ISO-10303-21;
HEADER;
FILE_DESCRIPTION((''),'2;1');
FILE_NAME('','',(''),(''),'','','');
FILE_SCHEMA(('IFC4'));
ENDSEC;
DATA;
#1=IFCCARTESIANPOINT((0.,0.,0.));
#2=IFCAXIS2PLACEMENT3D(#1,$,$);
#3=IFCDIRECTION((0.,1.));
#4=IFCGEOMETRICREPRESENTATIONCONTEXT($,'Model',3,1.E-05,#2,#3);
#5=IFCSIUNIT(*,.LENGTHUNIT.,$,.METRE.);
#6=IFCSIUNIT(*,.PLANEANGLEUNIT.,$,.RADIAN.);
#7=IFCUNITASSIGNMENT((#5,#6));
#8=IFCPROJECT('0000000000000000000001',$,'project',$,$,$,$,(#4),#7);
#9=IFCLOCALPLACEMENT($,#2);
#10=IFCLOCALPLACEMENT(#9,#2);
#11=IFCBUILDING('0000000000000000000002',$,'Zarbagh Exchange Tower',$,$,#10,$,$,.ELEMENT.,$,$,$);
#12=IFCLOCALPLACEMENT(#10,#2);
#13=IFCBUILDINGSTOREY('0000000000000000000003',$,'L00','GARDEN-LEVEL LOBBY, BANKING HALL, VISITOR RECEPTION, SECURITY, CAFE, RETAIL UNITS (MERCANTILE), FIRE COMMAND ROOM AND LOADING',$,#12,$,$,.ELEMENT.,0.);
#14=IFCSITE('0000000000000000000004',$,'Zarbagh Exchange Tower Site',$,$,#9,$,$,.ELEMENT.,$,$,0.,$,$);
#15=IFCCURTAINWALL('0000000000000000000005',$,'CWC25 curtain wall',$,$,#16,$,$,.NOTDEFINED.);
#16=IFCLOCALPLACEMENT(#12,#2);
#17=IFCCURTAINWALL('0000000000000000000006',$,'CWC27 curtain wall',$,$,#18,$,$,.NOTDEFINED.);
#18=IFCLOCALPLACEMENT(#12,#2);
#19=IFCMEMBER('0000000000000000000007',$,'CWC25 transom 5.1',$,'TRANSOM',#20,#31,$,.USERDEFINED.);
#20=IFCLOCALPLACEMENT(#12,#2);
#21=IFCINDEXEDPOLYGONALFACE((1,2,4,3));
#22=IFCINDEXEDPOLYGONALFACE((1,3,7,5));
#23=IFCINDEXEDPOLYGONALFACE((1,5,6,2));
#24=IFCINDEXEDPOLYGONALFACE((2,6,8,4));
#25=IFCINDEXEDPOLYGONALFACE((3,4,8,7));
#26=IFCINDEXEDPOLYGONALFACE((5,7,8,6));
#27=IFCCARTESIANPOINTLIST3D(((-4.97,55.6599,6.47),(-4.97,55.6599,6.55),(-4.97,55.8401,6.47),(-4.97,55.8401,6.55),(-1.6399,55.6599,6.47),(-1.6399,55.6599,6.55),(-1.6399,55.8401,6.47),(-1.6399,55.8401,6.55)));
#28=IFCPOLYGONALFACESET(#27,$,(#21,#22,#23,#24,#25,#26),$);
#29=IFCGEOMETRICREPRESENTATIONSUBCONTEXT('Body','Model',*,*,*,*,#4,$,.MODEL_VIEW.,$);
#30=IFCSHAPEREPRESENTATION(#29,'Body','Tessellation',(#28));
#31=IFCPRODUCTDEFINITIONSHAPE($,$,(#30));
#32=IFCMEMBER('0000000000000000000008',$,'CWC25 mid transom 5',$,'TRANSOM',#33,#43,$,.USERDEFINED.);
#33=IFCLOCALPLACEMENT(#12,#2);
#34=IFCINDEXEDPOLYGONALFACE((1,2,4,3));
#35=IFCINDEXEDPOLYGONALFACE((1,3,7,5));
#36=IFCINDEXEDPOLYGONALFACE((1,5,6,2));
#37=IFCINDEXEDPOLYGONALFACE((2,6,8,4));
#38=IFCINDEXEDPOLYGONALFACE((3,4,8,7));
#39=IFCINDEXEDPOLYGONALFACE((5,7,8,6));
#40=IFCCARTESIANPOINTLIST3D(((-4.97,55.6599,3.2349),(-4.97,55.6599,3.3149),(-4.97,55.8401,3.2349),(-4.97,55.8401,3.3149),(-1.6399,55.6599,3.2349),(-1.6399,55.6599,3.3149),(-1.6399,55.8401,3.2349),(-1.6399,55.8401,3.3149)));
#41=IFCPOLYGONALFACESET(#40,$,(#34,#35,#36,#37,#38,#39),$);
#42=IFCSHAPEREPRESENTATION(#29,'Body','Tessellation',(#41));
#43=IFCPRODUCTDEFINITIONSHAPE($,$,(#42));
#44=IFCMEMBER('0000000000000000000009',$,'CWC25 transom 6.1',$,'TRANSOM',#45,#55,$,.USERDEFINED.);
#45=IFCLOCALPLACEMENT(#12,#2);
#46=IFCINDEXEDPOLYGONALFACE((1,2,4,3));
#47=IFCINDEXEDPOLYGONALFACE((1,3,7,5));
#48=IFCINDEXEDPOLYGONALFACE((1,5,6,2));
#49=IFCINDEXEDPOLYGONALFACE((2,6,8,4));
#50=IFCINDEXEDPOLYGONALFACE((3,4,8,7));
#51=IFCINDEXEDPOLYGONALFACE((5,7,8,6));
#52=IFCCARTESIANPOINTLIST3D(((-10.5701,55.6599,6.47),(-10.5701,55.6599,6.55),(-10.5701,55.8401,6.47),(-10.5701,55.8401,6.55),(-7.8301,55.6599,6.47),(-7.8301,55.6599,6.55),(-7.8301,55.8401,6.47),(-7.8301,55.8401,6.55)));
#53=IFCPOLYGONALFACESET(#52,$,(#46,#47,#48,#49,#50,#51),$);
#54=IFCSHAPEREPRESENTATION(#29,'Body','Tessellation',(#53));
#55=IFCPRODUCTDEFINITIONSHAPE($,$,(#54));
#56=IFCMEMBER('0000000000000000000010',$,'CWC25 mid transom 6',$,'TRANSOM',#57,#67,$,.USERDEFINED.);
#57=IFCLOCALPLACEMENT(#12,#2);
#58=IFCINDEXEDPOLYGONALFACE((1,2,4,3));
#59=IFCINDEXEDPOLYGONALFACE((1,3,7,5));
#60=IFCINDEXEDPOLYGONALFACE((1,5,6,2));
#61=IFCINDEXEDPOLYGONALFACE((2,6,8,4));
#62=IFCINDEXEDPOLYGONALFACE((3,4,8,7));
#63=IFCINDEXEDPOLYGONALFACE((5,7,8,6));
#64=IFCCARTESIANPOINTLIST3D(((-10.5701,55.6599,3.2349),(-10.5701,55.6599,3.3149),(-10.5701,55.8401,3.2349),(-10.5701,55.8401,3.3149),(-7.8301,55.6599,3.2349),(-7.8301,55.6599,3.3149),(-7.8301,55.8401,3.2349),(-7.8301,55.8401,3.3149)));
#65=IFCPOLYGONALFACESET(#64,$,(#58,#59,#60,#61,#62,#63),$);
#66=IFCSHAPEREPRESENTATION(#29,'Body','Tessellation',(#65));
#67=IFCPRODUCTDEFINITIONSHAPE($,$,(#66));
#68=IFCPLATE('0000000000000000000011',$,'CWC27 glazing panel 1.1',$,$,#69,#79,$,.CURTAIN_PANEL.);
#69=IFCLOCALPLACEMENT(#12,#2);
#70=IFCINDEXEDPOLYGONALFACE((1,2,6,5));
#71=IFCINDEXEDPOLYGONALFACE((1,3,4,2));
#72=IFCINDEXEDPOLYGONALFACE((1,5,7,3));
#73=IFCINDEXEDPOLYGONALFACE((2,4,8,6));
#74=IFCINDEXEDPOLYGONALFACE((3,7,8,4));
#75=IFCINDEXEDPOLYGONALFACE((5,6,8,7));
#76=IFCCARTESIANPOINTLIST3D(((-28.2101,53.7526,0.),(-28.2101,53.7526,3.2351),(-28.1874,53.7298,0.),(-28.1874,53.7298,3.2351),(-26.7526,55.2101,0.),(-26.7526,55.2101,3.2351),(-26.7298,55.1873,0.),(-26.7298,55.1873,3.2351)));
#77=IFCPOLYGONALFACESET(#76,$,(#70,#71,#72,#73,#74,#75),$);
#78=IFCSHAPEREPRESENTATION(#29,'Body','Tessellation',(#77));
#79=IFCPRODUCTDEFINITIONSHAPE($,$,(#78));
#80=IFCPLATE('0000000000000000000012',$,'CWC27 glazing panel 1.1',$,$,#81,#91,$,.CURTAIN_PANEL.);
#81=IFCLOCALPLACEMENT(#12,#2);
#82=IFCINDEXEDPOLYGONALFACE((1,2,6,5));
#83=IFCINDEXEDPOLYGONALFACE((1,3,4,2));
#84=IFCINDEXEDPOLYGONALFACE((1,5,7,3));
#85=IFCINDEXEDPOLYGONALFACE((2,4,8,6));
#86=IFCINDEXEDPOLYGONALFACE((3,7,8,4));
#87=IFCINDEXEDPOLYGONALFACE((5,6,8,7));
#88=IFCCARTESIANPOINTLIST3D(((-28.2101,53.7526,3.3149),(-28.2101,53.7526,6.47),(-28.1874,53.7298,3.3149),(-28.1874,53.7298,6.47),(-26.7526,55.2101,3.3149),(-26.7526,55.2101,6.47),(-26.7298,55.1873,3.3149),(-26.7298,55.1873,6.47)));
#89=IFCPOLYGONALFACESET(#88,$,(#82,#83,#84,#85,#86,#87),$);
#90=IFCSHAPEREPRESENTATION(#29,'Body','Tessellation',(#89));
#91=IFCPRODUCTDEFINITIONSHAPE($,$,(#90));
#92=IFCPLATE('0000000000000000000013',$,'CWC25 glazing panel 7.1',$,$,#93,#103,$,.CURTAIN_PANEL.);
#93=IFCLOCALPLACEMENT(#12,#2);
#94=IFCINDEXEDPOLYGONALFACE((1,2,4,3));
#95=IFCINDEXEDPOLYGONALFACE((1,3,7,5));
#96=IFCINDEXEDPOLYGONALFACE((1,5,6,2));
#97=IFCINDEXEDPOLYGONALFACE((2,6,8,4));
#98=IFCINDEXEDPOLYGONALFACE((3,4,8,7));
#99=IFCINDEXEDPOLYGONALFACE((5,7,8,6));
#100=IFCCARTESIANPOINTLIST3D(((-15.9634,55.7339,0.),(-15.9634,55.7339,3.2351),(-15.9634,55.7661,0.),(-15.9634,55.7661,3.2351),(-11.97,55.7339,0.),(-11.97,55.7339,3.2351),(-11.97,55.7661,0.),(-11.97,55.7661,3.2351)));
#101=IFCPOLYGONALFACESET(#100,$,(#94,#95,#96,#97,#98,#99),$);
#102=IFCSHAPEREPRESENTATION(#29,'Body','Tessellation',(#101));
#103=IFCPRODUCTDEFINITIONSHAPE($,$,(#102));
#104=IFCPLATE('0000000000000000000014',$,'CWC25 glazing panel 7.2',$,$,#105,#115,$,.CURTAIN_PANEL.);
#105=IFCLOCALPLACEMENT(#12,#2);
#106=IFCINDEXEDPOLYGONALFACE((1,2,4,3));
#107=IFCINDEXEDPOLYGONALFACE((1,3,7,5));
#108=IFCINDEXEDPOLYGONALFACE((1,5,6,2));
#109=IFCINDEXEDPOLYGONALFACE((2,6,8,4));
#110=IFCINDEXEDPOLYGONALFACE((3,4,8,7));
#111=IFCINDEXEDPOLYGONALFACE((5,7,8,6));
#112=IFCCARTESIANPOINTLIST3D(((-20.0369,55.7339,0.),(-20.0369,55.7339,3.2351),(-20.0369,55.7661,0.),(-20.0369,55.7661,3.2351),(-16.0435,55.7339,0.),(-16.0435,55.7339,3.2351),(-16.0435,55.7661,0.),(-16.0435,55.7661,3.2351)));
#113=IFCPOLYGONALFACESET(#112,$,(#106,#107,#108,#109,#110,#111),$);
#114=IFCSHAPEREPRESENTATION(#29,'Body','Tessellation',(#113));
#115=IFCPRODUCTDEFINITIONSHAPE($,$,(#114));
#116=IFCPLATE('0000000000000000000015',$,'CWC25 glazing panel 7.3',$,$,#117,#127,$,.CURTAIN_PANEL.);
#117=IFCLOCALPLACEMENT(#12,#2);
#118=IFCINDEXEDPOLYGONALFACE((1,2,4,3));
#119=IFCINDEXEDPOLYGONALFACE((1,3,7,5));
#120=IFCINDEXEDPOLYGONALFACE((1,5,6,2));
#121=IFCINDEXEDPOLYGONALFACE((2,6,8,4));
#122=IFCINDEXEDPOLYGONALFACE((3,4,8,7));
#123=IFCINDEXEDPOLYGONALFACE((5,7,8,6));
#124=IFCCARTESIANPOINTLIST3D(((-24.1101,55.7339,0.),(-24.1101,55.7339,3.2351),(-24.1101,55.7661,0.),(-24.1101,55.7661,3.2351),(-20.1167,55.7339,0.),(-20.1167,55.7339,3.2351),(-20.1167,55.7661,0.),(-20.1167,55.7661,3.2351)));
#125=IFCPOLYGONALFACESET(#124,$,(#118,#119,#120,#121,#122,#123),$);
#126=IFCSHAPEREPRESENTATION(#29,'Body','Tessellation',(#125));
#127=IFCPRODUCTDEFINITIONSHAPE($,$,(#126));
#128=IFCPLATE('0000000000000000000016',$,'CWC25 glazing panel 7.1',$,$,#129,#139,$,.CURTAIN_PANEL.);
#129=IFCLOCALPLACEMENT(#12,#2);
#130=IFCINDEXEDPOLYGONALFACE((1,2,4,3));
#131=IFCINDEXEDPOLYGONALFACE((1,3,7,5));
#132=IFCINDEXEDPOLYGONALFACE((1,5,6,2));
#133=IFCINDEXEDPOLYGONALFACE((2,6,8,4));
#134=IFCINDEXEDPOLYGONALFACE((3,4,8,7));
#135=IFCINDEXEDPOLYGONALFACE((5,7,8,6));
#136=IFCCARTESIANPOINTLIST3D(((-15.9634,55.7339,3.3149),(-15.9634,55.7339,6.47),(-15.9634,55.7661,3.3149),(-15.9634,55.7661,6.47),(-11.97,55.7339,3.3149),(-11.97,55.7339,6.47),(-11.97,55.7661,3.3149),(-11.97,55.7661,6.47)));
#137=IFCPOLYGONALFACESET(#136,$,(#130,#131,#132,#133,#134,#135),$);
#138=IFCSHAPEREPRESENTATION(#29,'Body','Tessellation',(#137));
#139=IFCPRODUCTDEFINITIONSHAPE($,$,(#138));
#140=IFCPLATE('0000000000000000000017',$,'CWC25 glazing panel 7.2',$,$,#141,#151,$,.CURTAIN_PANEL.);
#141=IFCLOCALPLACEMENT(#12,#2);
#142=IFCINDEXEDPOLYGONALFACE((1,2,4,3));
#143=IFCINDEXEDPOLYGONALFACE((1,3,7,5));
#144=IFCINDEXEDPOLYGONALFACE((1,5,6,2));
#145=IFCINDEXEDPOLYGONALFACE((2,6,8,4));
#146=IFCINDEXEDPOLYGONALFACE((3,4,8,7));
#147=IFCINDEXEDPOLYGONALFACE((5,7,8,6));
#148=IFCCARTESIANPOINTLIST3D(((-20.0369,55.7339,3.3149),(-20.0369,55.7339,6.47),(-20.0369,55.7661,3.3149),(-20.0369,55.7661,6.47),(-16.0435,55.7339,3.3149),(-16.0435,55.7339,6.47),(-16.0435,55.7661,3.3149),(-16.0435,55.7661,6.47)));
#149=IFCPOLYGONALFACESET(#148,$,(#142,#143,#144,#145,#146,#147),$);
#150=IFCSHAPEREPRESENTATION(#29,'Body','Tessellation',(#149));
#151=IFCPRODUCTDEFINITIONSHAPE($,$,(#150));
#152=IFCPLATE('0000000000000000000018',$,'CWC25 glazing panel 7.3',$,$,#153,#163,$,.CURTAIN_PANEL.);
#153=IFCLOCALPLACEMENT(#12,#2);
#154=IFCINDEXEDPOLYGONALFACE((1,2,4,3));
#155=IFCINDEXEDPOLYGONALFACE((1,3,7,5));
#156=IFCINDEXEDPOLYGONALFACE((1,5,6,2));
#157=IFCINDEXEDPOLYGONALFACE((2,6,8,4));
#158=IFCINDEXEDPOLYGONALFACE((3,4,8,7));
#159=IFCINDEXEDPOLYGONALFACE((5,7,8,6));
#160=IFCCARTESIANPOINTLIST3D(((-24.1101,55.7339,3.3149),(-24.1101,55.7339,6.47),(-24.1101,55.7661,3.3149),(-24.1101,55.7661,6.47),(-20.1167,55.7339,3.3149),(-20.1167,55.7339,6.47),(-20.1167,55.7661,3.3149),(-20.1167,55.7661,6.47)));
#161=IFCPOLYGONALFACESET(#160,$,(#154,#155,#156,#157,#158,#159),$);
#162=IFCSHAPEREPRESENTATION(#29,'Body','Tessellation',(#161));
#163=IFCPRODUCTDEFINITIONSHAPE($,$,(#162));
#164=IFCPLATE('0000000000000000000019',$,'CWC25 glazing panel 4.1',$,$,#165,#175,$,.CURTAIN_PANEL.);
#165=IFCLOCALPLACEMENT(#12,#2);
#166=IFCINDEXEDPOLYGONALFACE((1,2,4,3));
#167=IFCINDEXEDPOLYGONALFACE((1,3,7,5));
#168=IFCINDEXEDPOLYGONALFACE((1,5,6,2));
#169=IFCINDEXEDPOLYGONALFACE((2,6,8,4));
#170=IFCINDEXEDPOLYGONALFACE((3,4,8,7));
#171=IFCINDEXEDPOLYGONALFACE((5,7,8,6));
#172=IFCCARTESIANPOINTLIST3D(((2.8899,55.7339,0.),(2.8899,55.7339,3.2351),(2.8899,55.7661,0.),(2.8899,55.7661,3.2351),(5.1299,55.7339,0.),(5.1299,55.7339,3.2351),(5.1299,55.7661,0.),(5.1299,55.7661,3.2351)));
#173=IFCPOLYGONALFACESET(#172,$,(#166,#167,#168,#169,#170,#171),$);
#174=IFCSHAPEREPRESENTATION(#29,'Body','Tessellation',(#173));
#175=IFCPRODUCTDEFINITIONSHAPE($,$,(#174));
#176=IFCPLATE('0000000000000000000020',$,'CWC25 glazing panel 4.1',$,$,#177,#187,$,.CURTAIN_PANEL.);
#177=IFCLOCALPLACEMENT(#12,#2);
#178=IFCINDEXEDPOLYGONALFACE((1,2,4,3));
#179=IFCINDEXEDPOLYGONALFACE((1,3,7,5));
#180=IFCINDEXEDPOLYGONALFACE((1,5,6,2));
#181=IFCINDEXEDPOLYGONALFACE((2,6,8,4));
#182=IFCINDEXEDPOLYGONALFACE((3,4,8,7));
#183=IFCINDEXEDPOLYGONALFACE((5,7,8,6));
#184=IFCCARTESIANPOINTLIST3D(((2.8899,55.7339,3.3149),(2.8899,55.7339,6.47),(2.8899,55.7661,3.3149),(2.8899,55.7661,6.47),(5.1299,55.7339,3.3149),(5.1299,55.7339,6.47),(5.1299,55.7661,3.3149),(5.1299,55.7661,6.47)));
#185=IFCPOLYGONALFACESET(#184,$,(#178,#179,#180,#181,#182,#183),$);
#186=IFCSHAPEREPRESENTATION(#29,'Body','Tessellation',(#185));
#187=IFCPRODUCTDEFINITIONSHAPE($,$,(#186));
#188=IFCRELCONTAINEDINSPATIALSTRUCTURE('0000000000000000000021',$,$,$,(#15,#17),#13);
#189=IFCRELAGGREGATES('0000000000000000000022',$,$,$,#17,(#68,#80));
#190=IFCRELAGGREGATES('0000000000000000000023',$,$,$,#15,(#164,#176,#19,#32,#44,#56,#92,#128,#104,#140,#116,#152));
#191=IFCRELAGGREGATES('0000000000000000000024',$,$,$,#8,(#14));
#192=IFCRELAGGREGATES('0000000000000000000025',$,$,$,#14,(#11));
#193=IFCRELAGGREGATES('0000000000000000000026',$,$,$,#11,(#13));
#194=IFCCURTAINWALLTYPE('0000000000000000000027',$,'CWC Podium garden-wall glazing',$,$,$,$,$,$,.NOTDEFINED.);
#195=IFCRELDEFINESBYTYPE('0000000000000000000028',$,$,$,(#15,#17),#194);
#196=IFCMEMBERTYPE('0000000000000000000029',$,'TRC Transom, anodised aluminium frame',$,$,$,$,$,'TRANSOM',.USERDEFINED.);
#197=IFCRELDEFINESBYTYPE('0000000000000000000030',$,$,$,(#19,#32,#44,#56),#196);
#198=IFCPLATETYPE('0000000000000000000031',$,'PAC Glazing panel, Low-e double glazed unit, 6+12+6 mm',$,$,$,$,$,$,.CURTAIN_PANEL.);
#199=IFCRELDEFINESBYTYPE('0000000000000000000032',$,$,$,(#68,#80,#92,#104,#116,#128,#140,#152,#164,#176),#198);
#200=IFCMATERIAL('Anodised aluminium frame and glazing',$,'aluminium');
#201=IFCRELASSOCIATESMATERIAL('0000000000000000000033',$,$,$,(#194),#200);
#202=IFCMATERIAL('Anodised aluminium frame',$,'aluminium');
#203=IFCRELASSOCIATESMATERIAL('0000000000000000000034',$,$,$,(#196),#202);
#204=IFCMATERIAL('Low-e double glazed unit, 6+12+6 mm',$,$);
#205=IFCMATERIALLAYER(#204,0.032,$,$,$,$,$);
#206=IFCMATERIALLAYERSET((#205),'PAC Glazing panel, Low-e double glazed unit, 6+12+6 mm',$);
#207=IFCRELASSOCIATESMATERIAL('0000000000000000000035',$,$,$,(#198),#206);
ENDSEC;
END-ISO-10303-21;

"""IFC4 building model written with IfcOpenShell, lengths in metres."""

from ifc_helpers import new_model, si_unit, direction, origin, place, context, subcontext, project, spatial, polyline, outline, extrude, source, transform, mapped, material, layer, layer_set, type_object, element, aggregate, save


model = new_model("IFC4")

# Units and contexts
model_context = context("Model", 3, precision=1e-05, world=origin(), true_north=direction((0.0, 1.0)))
body_context = subcontext(model_context, "Body", "Model", "MODEL_VIEW")
ifc_project = project(units=[si_unit("LENGTHUNIT", "METRE"), si_unit("PLANEANGLEUNIT", "RADIAN")], contexts=[model_context])

# Site, building, storey
site_placement = place(None, origin())
site = spatial("IfcSite", under=ifc_project, at=site_placement, Name="Zarbagh Exchange Tower Site", CompositionType="ELEMENT", RefElevation=0.0)
building_placement = place(site_placement, origin())
building = spatial("IfcBuilding", under=site, at=building_placement, Name="Zarbagh Exchange Tower", CompositionType="ELEMENT")
storey_placement = place(building_placement, origin())
storey = spatial("IfcBuildingStorey", under=building, at=storey_placement, Name="L00", Description="GARDEN-LEVEL LOBBY, BANKING HALL, VISITOR RECEPTION, SECURITY, CAFE, RETAIL UNITS (MERCANTILE), FIRE COMMAND ROOM AND LOADING", CompositionType="ELEMENT", Elevation=0.0)

# Curtain wall
ifc_material_1 = material(Name="Anodised aluminium frame and glazing", Category="aluminium")
curtain_wall_type = type_object("IfcCurtainWallType", Name="CWC Podium garden-wall glazing", PredefinedType="NOTDEFINED", material=ifc_material_1)
curtain_wall_1_placement = place(storey_placement, origin())
curtain_wall_1 = element("IfcCurtainWall", 1, at=curtain_wall_1_placement, inside=storey, type_object=curtain_wall_type, Name="CWC25 curtain wall", PredefinedType="NOTDEFINED")
ifc_material_2 = material(Name="Anodised aluminium frame", Category="aluminium")
placement = place(storey_placement, origin())

# Curtain wall
member_type_1 = type_object("IfcMemberType", Name="TRC Transom, anodised aluminium frame", ElementType="TRANSOM", PredefinedType="USERDEFINED", material=ifc_material_2)
curtain_wall_2_placement = place(storey_placement, origin())
curtain_wall_2 = element("IfcCurtainWall", 2, at=curtain_wall_2_placement, inside=storey, type_object=curtain_wall_type, Name="CWC27 curtain wall", PredefinedType="NOTDEFINED")

# Members
shared_shape_1 = source(origin(), body_context, "Body", "SweptSolid", [
    extrude(outline(polyline([(-0.0801, -0.0901), (0.0, -0.0901), (0.0, 0.0901), (-0.0801, 0.0901), (-0.0801, -0.0901)])), origin(), (0.0, 0.0, 1.0), 3.3301),
])
member_1 = element("IfcMember", 3, at=placement, type_object=member_type_1, Name="CWC25 transom 5.1", ObjectType="TRANSOM", PredefinedType="USERDEFINED", context=body_context, shape_type="MappedRepresentation", body=[
    mapped(shared_shape_1, transform((-1.6399, 55.75, 6.55), x_axis=(0.0, 0.0, 1.0), y_axis=(0.0, 1.0, 0.0), z_axis=(-1.0, 0.0, 0.0))),
])
shared_shape_2 = source(origin(), body_context, "Body", "SweptSolid", [
    extrude(outline(polyline([(-0.04, -0.0901), (0.04, -0.0901), (0.04, 0.0901), (-0.04, 0.0901), (-0.04, -0.0901)])), origin(), (0.0, 0.0, 1.0), 3.3301),
])
member_2 = element("IfcMember", 4, at=placement, type_object=member_type_1, Name="CWC25 mid transom 5", ObjectType="TRANSOM", PredefinedType="USERDEFINED", context=body_context, shape_type="MappedRepresentation", body=[
    mapped(shared_shape_2, transform((-1.6399, 55.75, 3.2749), x_axis=(0.0, 0.0, 1.0), y_axis=(0.0, 1.0, 0.0), z_axis=(-1.0, 0.0, 0.0))),
])
shared_shape_3 = source(origin(), body_context, "Body", "SweptSolid", [
    extrude(outline(polyline([(-0.0801, -0.0901), (0.0, -0.0901), (0.0, 0.0901), (-0.0801, 0.0901), (-0.0801, -0.0901)])), origin(), (0.0, 0.0, 1.0), 2.74),
])
member_3 = element("IfcMember", 5, at=placement, type_object=member_type_1, Name="CWC25 transom 6.1", ObjectType="TRANSOM", PredefinedType="USERDEFINED", context=body_context, shape_type="MappedRepresentation", body=[
    mapped(shared_shape_3, transform((-7.8301, 55.75, 6.55), x_axis=(0.0, 0.0, 1.0), y_axis=(0.0, 1.0, 0.0), z_axis=(-1.0, 0.0, 0.0))),
])
shared_shape_4 = source(origin(), body_context, "Body", "SweptSolid", [
    extrude(outline(polyline([(-0.04, -0.0901), (0.04, -0.0901), (0.04, 0.0901), (-0.04, 0.0901), (-0.04, -0.0901)])), origin(), (0.0, 0.0, 1.0), 2.74),
])
member_4 = element("IfcMember", 6, at=placement, type_object=member_type_1, Name="CWC25 mid transom 6", ObjectType="TRANSOM", PredefinedType="USERDEFINED", context=body_context, shape_type="MappedRepresentation", body=[
    mapped(shared_shape_4, transform((-7.8301, 55.75, 3.2749), x_axis=(0.0, 0.0, 1.0), y_axis=(0.0, 1.0, 0.0), z_axis=(-1.0, 0.0, 0.0))),
])

# Plates
ifc_material_3 = material(Name="Low-e double glazed unit, 6+12+6 mm")
ifc_layer = layer(ifc_material_3, 0.032)
ifc_layer_set = layer_set([ifc_layer], Name="PAC Glazing panel, Low-e double glazed unit, 6+12+6 mm")
plate_type = type_object("IfcPlateType", Name="PAC Glazing panel, Low-e double glazed unit, 6+12+6 mm", PredefinedType="CURTAIN_PANEL", material=ifc_layer_set)
shared_shape_5 = source(origin(), body_context, "Body", "SweptSolid", [
    extrude(outline(polyline([(0.0, -0.0161), (2.0613, -0.0161), (2.0613, 0.0161), (0.0, 0.0161), (0.0, -0.0161)])), origin(), (0.0, 0.0, 1.0), 3.2351),
])
plate_1 = element("IfcPlate", 7, at=placement, type_object=plate_type, Name="CWC27 glazing panel 1.1", PredefinedType="CURTAIN_PANEL", context=body_context, shape_type="MappedRepresentation", body=[
    mapped(shared_shape_5, transform((-26.7412, 55.1987, 0.0), x_axis=(-0.707107, -0.707107, 0.0), y_axis=(0.707107, -0.707107, 0.0), z_axis=(0.0, 0.0, 1.0))),
])
shared_shape_6 = source(origin(), body_context, "Body", "SweptSolid", [
    extrude(outline(polyline([(0.0, -0.0161), (2.0613, -0.0161), (2.0613, 0.0161), (0.0, 0.0161), (0.0, -0.0161)])), origin(), (0.0, 0.0, 1.0), 3.155),
])
plate_2 = element("IfcPlate", 8, at=placement, type_object=plate_type, Name="CWC27 glazing panel 1.1", PredefinedType="CURTAIN_PANEL", context=body_context, shape_type="MappedRepresentation", body=[
    mapped(shared_shape_6, transform((-26.7412, 55.1987, 3.3149), x_axis=(-0.707107, -0.707107, 0.0), y_axis=(0.707107, -0.707107, 0.0), z_axis=(0.0, 0.0, 1.0))),
])
aggregate(curtain_wall_2, [plate_1, plate_2])
shared_shape_7 = source(origin(), body_context, "Body", "SweptSolid", [
    extrude(outline(polyline([(0.0, -0.0161), (3.9934, -0.0161), (3.9934, 0.0161), (0.0, 0.0161), (0.0, -0.0161)])), origin(), (0.0, 0.0, 1.0), 3.2351),
])
plate_3 = element("IfcPlate", 9, at=placement, type_object=plate_type, Name="CWC25 glazing panel 7.1", PredefinedType="CURTAIN_PANEL", context=body_context, shape_type="MappedRepresentation", body=[
    mapped(shared_shape_7, transform((-11.97, 55.75, 0.0), x_axis=(-1.0, 0.0, 0.0), y_axis=(0.0, -1.0, 0.0), z_axis=(0.0, 0.0, 1.0))),
])
plate_4 = element("IfcPlate", 10, at=placement, type_object=plate_type, Name="CWC25 glazing panel 7.2", PredefinedType="CURTAIN_PANEL", context=body_context, shape_type="MappedRepresentation", body=[
    mapped(shared_shape_7, transform((-16.0435, 55.75, 0.0), x_axis=(-1.0, 0.0, 0.0), y_axis=(0.0, -1.0, 0.0), z_axis=(0.0, 0.0, 1.0))),
])
plate_5 = element("IfcPlate", 11, at=placement, type_object=plate_type, Name="CWC25 glazing panel 7.3", PredefinedType="CURTAIN_PANEL", context=body_context, shape_type="MappedRepresentation", body=[
    mapped(shared_shape_7, transform((-20.1167, 55.75, 0.0), x_axis=(-1.0, 0.0, 0.0), y_axis=(0.0, -1.0, 0.0), z_axis=(0.0, 0.0, 1.0))),
])
shared_shape_8 = source(origin(), body_context, "Body", "SweptSolid", [
    extrude(outline(polyline([(0.0, -0.0161), (3.9934, -0.0161), (3.9934, 0.0161), (0.0, 0.0161), (0.0, -0.0161)])), origin(), (0.0, 0.0, 1.0), 3.155),
])
plate_6 = element("IfcPlate", 12, at=placement, type_object=plate_type, Name="CWC25 glazing panel 7.1", PredefinedType="CURTAIN_PANEL", context=body_context, shape_type="MappedRepresentation", body=[
    mapped(shared_shape_8, transform((-11.97, 55.75, 3.3149), x_axis=(-1.0, 0.0, 0.0), y_axis=(0.0, -1.0, 0.0), z_axis=(0.0, 0.0, 1.0))),
])
plate_7 = element("IfcPlate", 13, at=placement, type_object=plate_type, Name="CWC25 glazing panel 7.2", PredefinedType="CURTAIN_PANEL", context=body_context, shape_type="MappedRepresentation", body=[
    mapped(shared_shape_8, transform((-16.0435, 55.75, 3.3149), x_axis=(-1.0, 0.0, 0.0), y_axis=(0.0, -1.0, 0.0), z_axis=(0.0, 0.0, 1.0))),
])
plate_8 = element("IfcPlate", 14, at=placement, type_object=plate_type, Name="CWC25 glazing panel 7.3", PredefinedType="CURTAIN_PANEL", context=body_context, shape_type="MappedRepresentation", body=[
    mapped(shared_shape_8, transform((-20.1167, 55.75, 3.3149), x_axis=(-1.0, 0.0, 0.0), y_axis=(0.0, -1.0, 0.0), z_axis=(0.0, 0.0, 1.0))),
])
shared_shape_9 = source(origin(), body_context, "Body", "SweptSolid", [
    extrude(outline(polyline([(0.0, -0.0161), (2.24, -0.0161), (2.24, 0.0161), (0.0, 0.0161), (0.0, -0.0161)])), origin(), (0.0, 0.0, 1.0), 3.2351),
])
plate_9 = element("IfcPlate", 15, at=placement, type_object=plate_type, Name="CWC25 glazing panel 4.1", PredefinedType="CURTAIN_PANEL", context=body_context, shape_type="MappedRepresentation", body=[
    mapped(shared_shape_9, transform((5.1299, 55.75, 0.0), x_axis=(-1.0, 0.0, 0.0), y_axis=(0.0, -1.0, 0.0), z_axis=(0.0, 0.0, 1.0))),
])
shared_shape_10 = source(origin(), body_context, "Body", "SweptSolid", [
    extrude(outline(polyline([(0.0, -0.0161), (2.24, -0.0161), (2.24, 0.0161), (0.0, 0.0161), (0.0, -0.0161)])), origin(), (0.0, 0.0, 1.0), 3.155),
])
plate_10 = element("IfcPlate", 16, at=placement, type_object=plate_type, Name="CWC25 glazing panel 4.1", PredefinedType="CURTAIN_PANEL", context=body_context, shape_type="MappedRepresentation", body=[
    mapped(shared_shape_10, transform((5.1299, 55.75, 3.3149), x_axis=(-1.0, 0.0, 0.0), y_axis=(0.0, -1.0, 0.0), z_axis=(0.0, 0.0, 1.0))),
])
aggregate(curtain_wall_1, [plate_9, plate_10, member_1, member_2, member_3, member_4, plate_3, plate_6, plate_4, plate_7, plate_5, plate_8])

save(model, "model.ifc")
